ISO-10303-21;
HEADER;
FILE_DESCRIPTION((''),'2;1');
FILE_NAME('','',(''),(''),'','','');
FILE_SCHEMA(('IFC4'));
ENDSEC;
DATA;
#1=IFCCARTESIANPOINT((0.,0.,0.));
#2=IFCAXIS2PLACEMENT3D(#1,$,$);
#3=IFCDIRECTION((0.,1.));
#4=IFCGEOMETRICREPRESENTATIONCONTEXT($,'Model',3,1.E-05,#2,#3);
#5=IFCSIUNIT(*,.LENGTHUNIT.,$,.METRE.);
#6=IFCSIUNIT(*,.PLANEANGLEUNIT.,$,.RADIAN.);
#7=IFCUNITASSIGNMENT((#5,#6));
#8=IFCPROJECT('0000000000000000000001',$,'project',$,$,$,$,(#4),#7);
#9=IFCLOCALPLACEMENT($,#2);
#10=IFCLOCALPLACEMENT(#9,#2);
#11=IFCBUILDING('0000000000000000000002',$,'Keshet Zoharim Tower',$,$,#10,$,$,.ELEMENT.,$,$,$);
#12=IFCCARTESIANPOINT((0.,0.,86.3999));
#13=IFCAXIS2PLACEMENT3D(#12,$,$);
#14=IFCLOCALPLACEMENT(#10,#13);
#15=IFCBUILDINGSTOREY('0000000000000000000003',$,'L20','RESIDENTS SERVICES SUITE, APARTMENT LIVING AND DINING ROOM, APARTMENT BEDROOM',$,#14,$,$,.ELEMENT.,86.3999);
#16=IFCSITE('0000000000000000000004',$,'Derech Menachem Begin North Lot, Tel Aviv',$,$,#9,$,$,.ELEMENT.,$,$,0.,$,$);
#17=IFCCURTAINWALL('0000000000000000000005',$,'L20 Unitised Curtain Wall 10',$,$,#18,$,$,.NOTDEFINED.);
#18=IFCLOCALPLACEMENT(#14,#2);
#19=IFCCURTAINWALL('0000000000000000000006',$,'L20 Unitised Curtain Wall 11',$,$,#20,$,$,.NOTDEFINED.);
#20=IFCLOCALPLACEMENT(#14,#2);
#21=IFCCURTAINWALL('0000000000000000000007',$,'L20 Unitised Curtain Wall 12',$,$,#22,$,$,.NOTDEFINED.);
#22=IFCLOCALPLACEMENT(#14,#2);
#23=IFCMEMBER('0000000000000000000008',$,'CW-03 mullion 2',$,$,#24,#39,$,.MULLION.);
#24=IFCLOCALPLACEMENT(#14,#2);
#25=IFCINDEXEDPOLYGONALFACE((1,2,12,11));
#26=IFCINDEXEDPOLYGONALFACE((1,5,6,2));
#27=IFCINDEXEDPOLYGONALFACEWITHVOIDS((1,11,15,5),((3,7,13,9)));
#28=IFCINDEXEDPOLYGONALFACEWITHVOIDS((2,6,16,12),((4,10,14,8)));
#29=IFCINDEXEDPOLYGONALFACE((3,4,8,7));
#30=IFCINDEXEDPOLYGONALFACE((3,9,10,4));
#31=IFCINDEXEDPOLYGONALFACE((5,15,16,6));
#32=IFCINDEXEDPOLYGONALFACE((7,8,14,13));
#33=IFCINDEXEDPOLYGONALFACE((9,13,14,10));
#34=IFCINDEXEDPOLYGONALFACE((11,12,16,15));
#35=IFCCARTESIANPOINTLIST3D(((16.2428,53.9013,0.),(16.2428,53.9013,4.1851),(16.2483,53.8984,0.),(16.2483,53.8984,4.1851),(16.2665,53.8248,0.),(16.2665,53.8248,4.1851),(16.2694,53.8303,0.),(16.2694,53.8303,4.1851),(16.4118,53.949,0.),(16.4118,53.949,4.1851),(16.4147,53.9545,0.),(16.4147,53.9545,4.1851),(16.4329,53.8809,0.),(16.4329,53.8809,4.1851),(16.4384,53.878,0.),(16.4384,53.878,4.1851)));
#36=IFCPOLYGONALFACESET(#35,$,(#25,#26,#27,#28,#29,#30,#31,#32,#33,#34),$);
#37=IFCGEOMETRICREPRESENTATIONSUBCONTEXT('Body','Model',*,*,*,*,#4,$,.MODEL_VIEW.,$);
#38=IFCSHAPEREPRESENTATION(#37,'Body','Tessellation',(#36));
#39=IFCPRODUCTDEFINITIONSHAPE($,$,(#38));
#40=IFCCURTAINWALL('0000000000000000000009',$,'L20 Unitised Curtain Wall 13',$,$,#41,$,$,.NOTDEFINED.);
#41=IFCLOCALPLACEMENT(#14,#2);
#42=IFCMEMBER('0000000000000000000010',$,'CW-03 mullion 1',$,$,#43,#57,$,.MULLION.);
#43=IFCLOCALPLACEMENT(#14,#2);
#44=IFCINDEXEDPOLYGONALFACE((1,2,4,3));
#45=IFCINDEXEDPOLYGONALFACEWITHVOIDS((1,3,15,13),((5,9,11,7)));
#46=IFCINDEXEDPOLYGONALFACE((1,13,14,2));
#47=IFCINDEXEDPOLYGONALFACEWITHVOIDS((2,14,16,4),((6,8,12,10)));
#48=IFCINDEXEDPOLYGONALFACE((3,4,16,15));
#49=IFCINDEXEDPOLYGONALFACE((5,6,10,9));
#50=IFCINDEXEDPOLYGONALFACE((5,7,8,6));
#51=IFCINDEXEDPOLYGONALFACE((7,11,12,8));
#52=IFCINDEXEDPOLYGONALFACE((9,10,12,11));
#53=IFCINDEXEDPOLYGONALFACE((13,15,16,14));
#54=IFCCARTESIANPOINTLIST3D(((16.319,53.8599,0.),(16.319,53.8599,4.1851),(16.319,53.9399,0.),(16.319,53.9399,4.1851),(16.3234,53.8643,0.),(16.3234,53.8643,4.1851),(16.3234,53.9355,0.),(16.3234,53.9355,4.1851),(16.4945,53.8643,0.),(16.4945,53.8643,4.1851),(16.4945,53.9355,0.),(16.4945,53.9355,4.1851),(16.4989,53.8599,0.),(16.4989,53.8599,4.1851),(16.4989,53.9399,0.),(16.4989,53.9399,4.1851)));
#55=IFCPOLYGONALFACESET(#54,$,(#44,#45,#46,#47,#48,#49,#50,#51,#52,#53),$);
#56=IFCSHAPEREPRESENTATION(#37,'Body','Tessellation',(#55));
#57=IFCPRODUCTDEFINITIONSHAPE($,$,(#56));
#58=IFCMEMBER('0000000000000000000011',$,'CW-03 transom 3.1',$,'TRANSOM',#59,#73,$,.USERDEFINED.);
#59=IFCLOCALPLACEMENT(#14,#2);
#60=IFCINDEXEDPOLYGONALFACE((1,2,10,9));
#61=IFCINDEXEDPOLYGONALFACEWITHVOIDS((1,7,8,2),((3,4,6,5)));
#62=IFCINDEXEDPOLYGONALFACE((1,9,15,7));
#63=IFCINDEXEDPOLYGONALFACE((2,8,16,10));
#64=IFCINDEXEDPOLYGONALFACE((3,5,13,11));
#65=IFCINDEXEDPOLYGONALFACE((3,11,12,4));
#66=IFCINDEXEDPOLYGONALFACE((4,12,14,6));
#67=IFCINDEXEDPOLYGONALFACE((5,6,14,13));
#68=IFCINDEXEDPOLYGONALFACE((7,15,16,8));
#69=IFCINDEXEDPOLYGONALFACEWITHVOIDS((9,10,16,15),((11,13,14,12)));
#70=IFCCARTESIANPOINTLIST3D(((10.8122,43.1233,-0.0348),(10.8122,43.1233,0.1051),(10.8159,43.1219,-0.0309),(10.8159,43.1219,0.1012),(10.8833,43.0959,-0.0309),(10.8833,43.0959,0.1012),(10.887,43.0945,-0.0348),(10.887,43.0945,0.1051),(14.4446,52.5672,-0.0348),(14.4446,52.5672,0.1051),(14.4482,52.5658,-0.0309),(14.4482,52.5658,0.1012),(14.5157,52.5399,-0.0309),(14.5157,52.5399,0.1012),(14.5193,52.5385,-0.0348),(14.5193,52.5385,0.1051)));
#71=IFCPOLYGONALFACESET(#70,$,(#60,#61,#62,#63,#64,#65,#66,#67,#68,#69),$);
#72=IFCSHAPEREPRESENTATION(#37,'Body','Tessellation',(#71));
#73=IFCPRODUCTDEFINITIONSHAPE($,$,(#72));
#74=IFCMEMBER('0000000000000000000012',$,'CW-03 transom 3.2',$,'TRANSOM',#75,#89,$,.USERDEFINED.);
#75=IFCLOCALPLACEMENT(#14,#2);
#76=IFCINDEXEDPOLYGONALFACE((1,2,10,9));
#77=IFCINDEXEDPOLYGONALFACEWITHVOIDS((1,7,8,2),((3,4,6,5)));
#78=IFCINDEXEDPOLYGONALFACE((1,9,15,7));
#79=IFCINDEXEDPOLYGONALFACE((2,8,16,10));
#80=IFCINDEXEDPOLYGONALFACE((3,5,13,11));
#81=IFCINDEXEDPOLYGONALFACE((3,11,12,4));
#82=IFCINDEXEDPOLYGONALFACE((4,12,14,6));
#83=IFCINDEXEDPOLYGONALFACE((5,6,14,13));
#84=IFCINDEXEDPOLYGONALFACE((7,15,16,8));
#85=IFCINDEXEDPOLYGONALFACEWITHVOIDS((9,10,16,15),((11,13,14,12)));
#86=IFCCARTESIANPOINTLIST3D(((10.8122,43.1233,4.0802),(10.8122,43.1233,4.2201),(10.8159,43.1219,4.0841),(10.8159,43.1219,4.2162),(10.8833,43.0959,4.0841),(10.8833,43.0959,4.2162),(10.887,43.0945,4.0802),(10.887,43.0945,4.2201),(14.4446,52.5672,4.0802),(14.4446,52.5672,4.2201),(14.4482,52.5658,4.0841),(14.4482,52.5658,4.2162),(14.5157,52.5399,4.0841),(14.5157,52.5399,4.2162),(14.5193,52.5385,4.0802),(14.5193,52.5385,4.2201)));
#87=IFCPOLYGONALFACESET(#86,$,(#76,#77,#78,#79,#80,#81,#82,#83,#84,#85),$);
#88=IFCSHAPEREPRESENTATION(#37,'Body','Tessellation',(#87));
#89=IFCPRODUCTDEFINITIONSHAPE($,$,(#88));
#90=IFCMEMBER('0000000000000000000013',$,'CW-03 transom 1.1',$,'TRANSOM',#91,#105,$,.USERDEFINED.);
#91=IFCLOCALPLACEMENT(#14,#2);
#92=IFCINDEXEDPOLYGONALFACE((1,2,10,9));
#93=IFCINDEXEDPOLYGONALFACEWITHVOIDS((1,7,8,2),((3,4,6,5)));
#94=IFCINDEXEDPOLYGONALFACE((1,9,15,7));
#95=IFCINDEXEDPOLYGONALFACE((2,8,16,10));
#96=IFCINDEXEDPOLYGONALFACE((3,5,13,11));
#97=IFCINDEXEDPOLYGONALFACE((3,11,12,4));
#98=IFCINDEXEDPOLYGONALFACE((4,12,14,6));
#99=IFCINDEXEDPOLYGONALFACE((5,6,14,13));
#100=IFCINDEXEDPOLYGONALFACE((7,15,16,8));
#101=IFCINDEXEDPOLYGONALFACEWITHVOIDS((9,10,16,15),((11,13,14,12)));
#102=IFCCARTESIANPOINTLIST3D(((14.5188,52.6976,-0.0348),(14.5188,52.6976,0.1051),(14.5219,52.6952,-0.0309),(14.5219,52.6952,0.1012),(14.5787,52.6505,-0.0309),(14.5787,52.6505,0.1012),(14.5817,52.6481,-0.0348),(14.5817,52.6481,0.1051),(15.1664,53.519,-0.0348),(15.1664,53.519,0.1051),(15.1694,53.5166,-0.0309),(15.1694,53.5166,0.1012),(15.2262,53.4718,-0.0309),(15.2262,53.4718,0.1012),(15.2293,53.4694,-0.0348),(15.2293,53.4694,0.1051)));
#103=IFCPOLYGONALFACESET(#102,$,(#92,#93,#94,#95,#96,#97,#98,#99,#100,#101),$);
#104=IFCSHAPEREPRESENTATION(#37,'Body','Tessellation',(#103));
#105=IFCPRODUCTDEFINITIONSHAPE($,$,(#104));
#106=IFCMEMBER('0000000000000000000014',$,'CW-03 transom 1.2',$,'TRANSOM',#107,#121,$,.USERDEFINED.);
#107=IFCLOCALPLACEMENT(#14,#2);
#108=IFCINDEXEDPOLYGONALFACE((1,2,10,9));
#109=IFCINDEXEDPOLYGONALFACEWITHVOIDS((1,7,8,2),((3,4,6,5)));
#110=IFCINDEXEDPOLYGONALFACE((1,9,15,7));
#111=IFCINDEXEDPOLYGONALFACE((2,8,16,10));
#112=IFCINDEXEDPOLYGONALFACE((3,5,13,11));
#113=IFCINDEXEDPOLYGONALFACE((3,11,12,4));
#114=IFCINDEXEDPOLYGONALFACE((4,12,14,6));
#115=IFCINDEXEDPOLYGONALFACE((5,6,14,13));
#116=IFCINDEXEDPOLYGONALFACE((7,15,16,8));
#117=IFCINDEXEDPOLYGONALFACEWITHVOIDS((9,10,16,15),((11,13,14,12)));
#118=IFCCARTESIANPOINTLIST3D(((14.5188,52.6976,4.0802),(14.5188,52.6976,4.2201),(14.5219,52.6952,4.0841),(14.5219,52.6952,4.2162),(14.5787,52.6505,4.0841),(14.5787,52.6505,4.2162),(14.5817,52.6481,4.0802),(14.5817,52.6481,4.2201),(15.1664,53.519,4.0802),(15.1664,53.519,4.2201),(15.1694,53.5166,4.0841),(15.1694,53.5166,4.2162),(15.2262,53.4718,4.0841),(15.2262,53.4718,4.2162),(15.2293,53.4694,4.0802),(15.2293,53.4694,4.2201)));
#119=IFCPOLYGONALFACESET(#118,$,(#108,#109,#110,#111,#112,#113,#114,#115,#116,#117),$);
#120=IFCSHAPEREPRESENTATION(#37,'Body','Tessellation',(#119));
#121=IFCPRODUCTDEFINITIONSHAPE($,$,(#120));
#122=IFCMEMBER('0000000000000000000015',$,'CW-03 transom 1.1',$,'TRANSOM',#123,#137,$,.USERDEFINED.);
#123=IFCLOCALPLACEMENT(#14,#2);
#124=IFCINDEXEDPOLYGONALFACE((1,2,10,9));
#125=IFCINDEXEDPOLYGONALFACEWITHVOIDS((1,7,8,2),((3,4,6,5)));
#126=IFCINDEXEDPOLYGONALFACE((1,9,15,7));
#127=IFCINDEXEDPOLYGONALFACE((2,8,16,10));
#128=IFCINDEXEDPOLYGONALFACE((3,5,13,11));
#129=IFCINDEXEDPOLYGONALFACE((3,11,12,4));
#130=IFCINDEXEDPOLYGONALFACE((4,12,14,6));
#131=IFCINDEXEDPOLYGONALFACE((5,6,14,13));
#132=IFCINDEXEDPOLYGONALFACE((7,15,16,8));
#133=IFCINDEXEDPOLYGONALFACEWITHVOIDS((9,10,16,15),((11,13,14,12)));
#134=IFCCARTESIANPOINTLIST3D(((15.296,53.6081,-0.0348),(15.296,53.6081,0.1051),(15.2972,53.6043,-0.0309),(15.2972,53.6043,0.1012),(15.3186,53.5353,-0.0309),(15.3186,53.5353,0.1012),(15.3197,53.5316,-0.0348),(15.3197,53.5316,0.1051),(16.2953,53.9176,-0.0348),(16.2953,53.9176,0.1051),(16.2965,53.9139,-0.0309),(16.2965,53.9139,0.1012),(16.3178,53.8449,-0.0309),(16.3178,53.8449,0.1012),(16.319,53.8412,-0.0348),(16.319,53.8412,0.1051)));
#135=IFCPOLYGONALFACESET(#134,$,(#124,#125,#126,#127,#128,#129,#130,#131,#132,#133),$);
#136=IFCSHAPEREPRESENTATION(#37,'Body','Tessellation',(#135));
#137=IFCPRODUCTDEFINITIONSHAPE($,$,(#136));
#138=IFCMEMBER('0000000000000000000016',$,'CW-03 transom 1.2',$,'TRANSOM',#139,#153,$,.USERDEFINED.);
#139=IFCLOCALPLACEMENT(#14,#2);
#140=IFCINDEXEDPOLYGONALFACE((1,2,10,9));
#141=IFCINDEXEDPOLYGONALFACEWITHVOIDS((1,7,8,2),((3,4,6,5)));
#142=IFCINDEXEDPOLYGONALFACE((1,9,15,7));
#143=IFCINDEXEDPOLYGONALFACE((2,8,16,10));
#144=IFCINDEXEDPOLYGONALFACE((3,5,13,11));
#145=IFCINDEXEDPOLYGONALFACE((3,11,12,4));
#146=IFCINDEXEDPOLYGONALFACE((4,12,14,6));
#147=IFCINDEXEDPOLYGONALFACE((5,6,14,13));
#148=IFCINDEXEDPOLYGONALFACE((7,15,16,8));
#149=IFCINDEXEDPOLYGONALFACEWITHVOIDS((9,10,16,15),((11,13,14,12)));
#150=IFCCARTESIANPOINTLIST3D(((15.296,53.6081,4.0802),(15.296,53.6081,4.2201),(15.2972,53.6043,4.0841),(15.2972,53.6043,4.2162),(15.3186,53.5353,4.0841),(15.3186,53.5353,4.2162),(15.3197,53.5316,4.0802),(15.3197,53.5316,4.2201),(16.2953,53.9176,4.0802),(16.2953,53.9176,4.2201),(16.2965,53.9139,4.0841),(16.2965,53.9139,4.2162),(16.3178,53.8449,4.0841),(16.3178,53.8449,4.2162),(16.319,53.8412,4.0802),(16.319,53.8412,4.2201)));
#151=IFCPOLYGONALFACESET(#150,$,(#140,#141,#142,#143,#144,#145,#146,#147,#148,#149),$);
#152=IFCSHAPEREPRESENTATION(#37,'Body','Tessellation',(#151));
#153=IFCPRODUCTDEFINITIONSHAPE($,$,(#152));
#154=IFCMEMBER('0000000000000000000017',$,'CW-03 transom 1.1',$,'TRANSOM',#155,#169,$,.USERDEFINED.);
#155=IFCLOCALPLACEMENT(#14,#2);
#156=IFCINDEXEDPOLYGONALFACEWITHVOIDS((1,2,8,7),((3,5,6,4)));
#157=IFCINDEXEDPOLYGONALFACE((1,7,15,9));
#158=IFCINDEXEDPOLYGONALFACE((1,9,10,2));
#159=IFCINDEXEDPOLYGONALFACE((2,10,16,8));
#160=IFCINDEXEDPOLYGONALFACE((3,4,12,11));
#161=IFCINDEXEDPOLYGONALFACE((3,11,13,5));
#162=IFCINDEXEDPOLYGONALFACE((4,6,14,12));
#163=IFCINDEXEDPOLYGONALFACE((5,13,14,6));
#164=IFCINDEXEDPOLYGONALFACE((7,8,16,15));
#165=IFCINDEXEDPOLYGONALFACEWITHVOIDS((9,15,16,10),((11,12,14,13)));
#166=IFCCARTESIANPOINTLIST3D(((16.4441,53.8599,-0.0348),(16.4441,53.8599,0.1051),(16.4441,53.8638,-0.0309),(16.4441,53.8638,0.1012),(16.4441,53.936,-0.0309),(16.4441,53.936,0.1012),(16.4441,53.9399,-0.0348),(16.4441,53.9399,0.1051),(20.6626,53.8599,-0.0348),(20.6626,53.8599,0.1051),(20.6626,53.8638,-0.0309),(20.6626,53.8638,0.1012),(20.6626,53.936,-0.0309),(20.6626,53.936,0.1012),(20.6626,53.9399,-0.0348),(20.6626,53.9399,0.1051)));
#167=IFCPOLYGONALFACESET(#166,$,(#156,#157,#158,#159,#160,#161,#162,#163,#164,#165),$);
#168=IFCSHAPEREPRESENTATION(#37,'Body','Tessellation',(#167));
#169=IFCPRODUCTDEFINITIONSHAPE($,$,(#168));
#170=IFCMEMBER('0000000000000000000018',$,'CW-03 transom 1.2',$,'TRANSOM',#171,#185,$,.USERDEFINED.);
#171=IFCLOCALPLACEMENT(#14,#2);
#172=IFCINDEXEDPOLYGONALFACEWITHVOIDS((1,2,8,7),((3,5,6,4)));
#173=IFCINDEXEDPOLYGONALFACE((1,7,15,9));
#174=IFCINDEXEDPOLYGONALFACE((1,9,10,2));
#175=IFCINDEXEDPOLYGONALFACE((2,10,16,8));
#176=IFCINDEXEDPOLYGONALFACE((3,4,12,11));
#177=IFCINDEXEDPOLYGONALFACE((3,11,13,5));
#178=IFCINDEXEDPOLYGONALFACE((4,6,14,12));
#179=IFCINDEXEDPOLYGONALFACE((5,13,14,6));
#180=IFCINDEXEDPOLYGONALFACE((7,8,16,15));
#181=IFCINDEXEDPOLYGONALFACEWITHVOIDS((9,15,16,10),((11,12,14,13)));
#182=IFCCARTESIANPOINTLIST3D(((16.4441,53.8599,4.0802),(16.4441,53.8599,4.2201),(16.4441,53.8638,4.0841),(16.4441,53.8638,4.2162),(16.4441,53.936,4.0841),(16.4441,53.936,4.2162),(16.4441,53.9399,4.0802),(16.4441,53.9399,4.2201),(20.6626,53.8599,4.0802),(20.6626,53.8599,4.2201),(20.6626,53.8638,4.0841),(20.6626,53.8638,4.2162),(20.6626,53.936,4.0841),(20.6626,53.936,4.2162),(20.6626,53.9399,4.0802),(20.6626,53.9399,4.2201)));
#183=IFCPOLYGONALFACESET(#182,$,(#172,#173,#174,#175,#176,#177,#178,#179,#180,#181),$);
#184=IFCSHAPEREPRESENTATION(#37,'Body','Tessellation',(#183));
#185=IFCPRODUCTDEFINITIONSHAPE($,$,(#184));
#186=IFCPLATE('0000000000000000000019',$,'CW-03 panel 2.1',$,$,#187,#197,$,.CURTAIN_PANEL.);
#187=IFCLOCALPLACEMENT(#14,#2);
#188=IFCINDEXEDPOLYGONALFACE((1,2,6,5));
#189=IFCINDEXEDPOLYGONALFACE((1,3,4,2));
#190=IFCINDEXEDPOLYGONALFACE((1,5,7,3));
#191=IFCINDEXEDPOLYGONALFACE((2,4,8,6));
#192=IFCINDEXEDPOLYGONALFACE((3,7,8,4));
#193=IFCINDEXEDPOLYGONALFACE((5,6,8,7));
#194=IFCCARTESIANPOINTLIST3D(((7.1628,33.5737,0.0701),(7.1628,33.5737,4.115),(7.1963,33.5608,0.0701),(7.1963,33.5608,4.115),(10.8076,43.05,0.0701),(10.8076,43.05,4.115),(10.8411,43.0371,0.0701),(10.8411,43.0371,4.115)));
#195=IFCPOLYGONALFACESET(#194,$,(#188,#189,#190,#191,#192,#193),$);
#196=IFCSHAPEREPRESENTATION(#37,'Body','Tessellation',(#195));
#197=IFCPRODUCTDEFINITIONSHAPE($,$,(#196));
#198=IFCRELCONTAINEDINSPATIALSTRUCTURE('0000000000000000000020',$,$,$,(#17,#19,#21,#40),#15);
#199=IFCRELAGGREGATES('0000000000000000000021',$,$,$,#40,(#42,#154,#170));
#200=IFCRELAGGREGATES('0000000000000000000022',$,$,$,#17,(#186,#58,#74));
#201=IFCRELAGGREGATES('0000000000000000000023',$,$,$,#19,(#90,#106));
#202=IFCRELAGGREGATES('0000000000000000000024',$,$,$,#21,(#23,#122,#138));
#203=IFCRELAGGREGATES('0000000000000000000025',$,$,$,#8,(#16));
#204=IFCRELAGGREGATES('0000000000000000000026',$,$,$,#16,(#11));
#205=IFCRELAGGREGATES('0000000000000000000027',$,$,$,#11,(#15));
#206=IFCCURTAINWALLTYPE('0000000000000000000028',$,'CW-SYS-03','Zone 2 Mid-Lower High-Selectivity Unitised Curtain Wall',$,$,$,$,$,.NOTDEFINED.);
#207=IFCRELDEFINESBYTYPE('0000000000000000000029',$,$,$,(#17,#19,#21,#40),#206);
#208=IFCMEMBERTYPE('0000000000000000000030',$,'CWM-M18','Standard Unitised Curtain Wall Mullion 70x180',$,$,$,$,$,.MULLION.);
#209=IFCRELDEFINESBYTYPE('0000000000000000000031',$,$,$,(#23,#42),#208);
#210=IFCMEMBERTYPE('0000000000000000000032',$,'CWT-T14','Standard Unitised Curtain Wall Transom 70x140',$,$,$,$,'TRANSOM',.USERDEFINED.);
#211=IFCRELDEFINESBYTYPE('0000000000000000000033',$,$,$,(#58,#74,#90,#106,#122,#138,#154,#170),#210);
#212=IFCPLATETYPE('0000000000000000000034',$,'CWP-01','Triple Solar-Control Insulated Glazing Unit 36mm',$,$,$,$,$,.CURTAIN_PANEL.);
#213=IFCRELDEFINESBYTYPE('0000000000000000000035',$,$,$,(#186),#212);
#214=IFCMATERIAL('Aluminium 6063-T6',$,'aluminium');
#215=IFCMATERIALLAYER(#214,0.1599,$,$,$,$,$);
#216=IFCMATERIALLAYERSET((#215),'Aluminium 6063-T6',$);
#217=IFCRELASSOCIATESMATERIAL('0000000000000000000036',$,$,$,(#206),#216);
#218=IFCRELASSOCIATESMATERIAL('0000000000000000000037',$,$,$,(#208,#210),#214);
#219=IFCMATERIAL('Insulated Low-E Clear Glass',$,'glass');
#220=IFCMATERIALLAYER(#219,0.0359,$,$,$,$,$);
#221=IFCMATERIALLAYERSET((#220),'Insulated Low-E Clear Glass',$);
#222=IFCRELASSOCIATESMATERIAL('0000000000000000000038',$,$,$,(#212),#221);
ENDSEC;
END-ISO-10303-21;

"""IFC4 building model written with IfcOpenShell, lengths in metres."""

from ifc_helpers import new_model, si_unit, direction, frame, origin, origin_2d, place, context, subcontext, project, spatial, rectangle, hollow_rectangle, extrude, material, layer, layer_set, material_profile, profile_set, type_object, element, aggregate, save


model = new_model("IFC4")

# Units and contexts
model_context = context("Model", 3, precision=1e-05, world=origin(), true_north=direction((0.0, 1.0)))
body_context = subcontext(model_context, "Body", "Model", "MODEL_VIEW")
ifc_project = project(units=[si_unit("LENGTHUNIT", "METRE"), si_unit("PLANEANGLEUNIT", "RADIAN")], contexts=[model_context])

# Site, building, storey
site_placement = place(None, origin())
site = spatial("IfcSite", under=ifc_project, at=site_placement, Name="Derech Menachem Begin North Lot, Tel Aviv", CompositionType="ELEMENT", RefElevation=0.0)
building_placement = place(site_placement, origin())
building = spatial("IfcBuilding", under=site, at=building_placement, Name="Keshet Zoharim Tower", CompositionType="ELEMENT")
storey_placement = place(building_placement, frame((0.0, 0.0, 86.3999)))
storey = spatial("IfcBuildingStorey", under=building, at=storey_placement, Name="L20", Description="RESIDENTS SERVICES SUITE, APARTMENT LIVING AND DINING ROOM, APARTMENT BEDROOM", CompositionType="ELEMENT", Elevation=86.3999)

# Curtain walls, member
ifc_material_1 = material(Name="Aluminium 6063-T6", Category="aluminium")
ifc_layer_1 = layer(ifc_material_1, 0.1599)
ifc_layer_set_1 = layer_set([ifc_layer_1], Name="Aluminium 6063-T6")
curtain_wall_type = type_object("IfcCurtainWallType", Name="CW-SYS-03", Description="Zone 2 Mid-Lower High-Selectivity Unitised Curtain Wall", PredefinedType="NOTDEFINED", material=ifc_layer_set_1)
curtain_wall_1_placement = place(storey_placement, origin())
curtain_wall_1 = element("IfcCurtainWall", 1, at=curtain_wall_1_placement, inside=storey, type_object=curtain_wall_type, Name="L20 Unitised Curtain Wall 10", PredefinedType="NOTDEFINED")
ifc_material_profile_1 = material_profile(ifc_material_1, hollow_rectangle(XDim=0.0801, YDim=0.1799, WallThickness=0.0044, at=origin_2d()), Name="MUL-80x180")
ifc_profile_set_1 = profile_set([ifc_material_profile_1], Name="Aluminium 6063-T6")
member_type_1 = type_object("IfcMemberType", Name="CWM-M18", Description="Standard Unitised Curtain Wall Mullion 70x180", PredefinedType="MULLION", material=ifc_profile_set_1)
curtain_wall_2_placement = place(storey_placement, origin())
curtain_wall_2 = element("IfcCurtainWall", 2, at=curtain_wall_2_placement, inside=storey, type_object=curtain_wall_type, Name="L20 Unitised Curtain Wall 11", PredefinedType="NOTDEFINED")
curtain_wall_3_placement = place(storey_placement, origin())
curtain_wall_3 = element("IfcCurtainWall", 3, at=curtain_wall_3_placement, inside=storey, type_object=curtain_wall_type, Name="L20 Unitised Curtain Wall 12", PredefinedType="NOTDEFINED")
member_1_placement = place(storey_placement, frame((16.3406, 53.8896, 0.0), z_axis=(0.0, 0.0, 1.0), x_axis=(-0.295922, 0.955212, 0.0)))
member_1 = element("IfcMember", 4, at=member_1_placement, type_object=member_type_1, Name="CW-03 mullion 2", PredefinedType="MULLION", context=body_context, shape_type="SweptSolid", body=[
    extrude(hollow_rectangle(XDim=0.0801, YDim=0.1799, WallThickness=0.0044, at=origin_2d()), origin(), (0.0, 0.0, 1.0), 4.1851),
])

# Curtain wall, member
curtain_wall_4_placement = place(storey_placement, origin())
curtain_wall_4 = element("IfcCurtainWall", 5, at=curtain_wall_4_placement, inside=storey, type_object=curtain_wall_type, Name="L20 Unitised Curtain Wall 13", PredefinedType="NOTDEFINED")
member_2_placement = place(storey_placement, frame((16.4089, 53.8999, 0.0), z_axis=(0.0, 0.0, 1.0), x_axis=(0.0, 1.0, 0.0)))
member_2 = element("IfcMember", 6, at=member_2_placement, type_object=member_type_1, Name="CW-03 mullion 1", PredefinedType="MULLION", context=body_context, shape_type="SweptSolid", body=[
    extrude(hollow_rectangle(XDim=0.0801, YDim=0.1799, WallThickness=0.0044, at=origin_2d()), origin(), (0.0, 0.0, 1.0), 4.1851),
])

# Members
ifc_material_profile_2 = material_profile(ifc_material_1, hollow_rectangle(XDim=0.0801, YDim=0.1399, WallThickness=0.0039, at=origin_2d()), Name="TRN-80x140")
ifc_profile_set_2 = profile_set([ifc_material_profile_2], Name="Aluminium 6063-T6")
member_type_2 = type_object("IfcMemberType", Name="CWT-T14", Description="Standard Unitised Curtain Wall Transom 70x140", ElementType="TRANSOM", PredefinedType="USERDEFINED", material=ifc_profile_set_2)
member_3_placement = place(storey_placement, frame((10.8496, 43.1089, 0.0352), z_axis=(0.358986, 0.933343, 0.0), x_axis=(-0.933343, 0.358986, 0.0)))
member_3 = element("IfcMember", 7, at=member_3_placement, type_object=member_type_2, Name="CW-03 transom 3.1", ObjectType="TRANSOM", PredefinedType="USERDEFINED", context=body_context, shape_type="SweptSolid", body=[
    extrude(hollow_rectangle(XDim=0.0801, YDim=0.1399, WallThickness=0.0039, at=origin_2d()), origin(), (0.0, 0.0, 1.0), 10.1184),
])
member_4_placement = place(storey_placement, frame((10.8496, 43.1089, 4.1501), z_axis=(0.358986, 0.933343, 0.0), x_axis=(-0.933343, 0.358986, 0.0)))
member_4 = element("IfcMember", 8, at=member_4_placement, type_object=member_type_2, Name="CW-03 transom 3.2", ObjectType="TRANSOM", PredefinedType="USERDEFINED", context=body_context, shape_type="SweptSolid", body=[
    extrude(hollow_rectangle(XDim=0.0801, YDim=0.1399, WallThickness=0.0039, at=origin_2d()), origin(), (0.0, 0.0, 1.0), 10.1184),
])
member_5_placement = place(storey_placement, frame((14.5503, 52.6729, 0.0352), z_axis=(0.619099, 0.785313, 0.0), x_axis=(-0.785313, 0.619099, 0.0)))
member_5 = element("IfcMember", 9, at=member_5_placement, type_object=member_type_2, Name="CW-03 transom 1.1", ObjectType="TRANSOM", PredefinedType="USERDEFINED", context=body_context, shape_type="SweptSolid", body=[
    extrude(hollow_rectangle(XDim=0.0801, YDim=0.1399, WallThickness=0.0039, at=origin_2d()), origin(), (0.0, 0.0, 1.0), 1.0459),
])
member_6_placement = place(storey_placement, frame((14.5503, 52.6729, 4.1501), z_axis=(0.619099, 0.785313, 0.0), x_axis=(-0.785313, 0.619099, 0.0)))
member_6 = element("IfcMember", 10, at=member_6_placement, type_object=member_type_2, Name="CW-03 transom 1.2", ObjectType="TRANSOM", PredefinedType="USERDEFINED", context=body_context, shape_type="SweptSolid", body=[
    extrude(hollow_rectangle(XDim=0.0801, YDim=0.1399, WallThickness=0.0039, at=origin_2d()), origin(), (0.0, 0.0, 1.0), 1.0459),
])
member_7_placement = place(storey_placement, frame((15.3079, 53.5698, 0.0352), z_axis=(0.955212, 0.295922, 0.0), x_axis=(-0.295922, 0.955212, 0.0)))
member_7 = element("IfcMember", 11, at=member_7_placement, type_object=member_type_2, Name="CW-03 transom 1.1", ObjectType="TRANSOM", PredefinedType="USERDEFINED", context=body_context, shape_type="SweptSolid", body=[
    extrude(hollow_rectangle(XDim=0.0801, YDim=0.1399, WallThickness=0.0039, at=origin_2d()), origin(), (0.0, 0.0, 1.0), 1.0461),
])
member_8_placement = place(storey_placement, frame((15.3079, 53.5698, 4.1501), z_axis=(0.955212, 0.295922, 0.0), x_axis=(-0.295922, 0.955212, 0.0)))
member_8 = element("IfcMember", 12, at=member_8_placement, type_object=member_type_2, Name="CW-03 transom 1.2", ObjectType="TRANSOM", PredefinedType="USERDEFINED", context=body_context, shape_type="SweptSolid", body=[
    extrude(hollow_rectangle(XDim=0.0801, YDim=0.1399, WallThickness=0.0039, at=origin_2d()), origin(), (0.0, 0.0, 1.0), 1.0461),
])
member_9_placement = place(storey_placement, frame((16.4441, 53.8999, 0.0352), z_axis=(1.0, 0.0, 0.0), x_axis=(0.0, 1.0, 0.0)))
member_9 = element("IfcMember", 13, at=member_9_placement, type_object=member_type_2, Name="CW-03 transom 1.1", ObjectType="TRANSOM", PredefinedType="USERDEFINED", context=body_context, shape_type="SweptSolid", body=[
    extrude(hollow_rectangle(XDim=0.0801, YDim=0.1399, WallThickness=0.0039, at=origin_2d()), origin(), (0.0, 0.0, 1.0), 4.2185),
])
member_10_placement = place(storey_placement, frame((16.4441, 53.8999, 4.1501), z_axis=(1.0, 0.0, 0.0), x_axis=(0.0, 1.0, 0.0)))
member_10 = element("IfcMember", 14, at=member_10_placement, type_object=member_type_2, Name="CW-03 transom 1.2", ObjectType="TRANSOM", PredefinedType="USERDEFINED", context=body_context, shape_type="SweptSolid", body=[
    extrude(hollow_rectangle(XDim=0.0801, YDim=0.1399, WallThickness=0.0039, at=origin_2d()), origin(), (0.0, 0.0, 1.0), 4.2185),
])
aggregate(curtain_wall_4, [member_2, member_9, member_10])

# Plate
ifc_material_2 = material(Name="Insulated Low-E Clear Glass", Category="glass")
ifc_layer_2 = layer(ifc_material_2, 0.0359)
ifc_layer_set_2 = layer_set([ifc_layer_2], Name="Insulated Low-E Clear Glass")
plate_type = type_object("IfcPlateType", Name="CWP-01", Description="Triple Solar-Control Insulated Glazing Unit 36mm", PredefinedType="CURTAIN_PANEL", material=ifc_layer_set_2)
plate_1_placement = place(storey_placement, frame((9.002, 38.3054, 0.0701), z_axis=(0.0, 0.0, 1.0), x_axis=(0.35899, 0.933341, 0.0)))
plate_1 = element("IfcPlate", 15, at=plate_1_placement, type_object=plate_type, Name="CW-03 panel 2.1", PredefinedType="CURTAIN_PANEL", context=body_context, shape_type="SweptSolid", body=[
    extrude(rectangle(XDim=10.1531, YDim=0.0359, at=origin_2d()), origin(), (0.0, 0.0, 1.0), 4.0449),
])
aggregate(curtain_wall_1, [plate_1, member_3, member_4])
aggregate(curtain_wall_2, [member_5, member_6])
aggregate(curtain_wall_3, [member_1, member_7, member_8])

save(model, "model.ifc")
